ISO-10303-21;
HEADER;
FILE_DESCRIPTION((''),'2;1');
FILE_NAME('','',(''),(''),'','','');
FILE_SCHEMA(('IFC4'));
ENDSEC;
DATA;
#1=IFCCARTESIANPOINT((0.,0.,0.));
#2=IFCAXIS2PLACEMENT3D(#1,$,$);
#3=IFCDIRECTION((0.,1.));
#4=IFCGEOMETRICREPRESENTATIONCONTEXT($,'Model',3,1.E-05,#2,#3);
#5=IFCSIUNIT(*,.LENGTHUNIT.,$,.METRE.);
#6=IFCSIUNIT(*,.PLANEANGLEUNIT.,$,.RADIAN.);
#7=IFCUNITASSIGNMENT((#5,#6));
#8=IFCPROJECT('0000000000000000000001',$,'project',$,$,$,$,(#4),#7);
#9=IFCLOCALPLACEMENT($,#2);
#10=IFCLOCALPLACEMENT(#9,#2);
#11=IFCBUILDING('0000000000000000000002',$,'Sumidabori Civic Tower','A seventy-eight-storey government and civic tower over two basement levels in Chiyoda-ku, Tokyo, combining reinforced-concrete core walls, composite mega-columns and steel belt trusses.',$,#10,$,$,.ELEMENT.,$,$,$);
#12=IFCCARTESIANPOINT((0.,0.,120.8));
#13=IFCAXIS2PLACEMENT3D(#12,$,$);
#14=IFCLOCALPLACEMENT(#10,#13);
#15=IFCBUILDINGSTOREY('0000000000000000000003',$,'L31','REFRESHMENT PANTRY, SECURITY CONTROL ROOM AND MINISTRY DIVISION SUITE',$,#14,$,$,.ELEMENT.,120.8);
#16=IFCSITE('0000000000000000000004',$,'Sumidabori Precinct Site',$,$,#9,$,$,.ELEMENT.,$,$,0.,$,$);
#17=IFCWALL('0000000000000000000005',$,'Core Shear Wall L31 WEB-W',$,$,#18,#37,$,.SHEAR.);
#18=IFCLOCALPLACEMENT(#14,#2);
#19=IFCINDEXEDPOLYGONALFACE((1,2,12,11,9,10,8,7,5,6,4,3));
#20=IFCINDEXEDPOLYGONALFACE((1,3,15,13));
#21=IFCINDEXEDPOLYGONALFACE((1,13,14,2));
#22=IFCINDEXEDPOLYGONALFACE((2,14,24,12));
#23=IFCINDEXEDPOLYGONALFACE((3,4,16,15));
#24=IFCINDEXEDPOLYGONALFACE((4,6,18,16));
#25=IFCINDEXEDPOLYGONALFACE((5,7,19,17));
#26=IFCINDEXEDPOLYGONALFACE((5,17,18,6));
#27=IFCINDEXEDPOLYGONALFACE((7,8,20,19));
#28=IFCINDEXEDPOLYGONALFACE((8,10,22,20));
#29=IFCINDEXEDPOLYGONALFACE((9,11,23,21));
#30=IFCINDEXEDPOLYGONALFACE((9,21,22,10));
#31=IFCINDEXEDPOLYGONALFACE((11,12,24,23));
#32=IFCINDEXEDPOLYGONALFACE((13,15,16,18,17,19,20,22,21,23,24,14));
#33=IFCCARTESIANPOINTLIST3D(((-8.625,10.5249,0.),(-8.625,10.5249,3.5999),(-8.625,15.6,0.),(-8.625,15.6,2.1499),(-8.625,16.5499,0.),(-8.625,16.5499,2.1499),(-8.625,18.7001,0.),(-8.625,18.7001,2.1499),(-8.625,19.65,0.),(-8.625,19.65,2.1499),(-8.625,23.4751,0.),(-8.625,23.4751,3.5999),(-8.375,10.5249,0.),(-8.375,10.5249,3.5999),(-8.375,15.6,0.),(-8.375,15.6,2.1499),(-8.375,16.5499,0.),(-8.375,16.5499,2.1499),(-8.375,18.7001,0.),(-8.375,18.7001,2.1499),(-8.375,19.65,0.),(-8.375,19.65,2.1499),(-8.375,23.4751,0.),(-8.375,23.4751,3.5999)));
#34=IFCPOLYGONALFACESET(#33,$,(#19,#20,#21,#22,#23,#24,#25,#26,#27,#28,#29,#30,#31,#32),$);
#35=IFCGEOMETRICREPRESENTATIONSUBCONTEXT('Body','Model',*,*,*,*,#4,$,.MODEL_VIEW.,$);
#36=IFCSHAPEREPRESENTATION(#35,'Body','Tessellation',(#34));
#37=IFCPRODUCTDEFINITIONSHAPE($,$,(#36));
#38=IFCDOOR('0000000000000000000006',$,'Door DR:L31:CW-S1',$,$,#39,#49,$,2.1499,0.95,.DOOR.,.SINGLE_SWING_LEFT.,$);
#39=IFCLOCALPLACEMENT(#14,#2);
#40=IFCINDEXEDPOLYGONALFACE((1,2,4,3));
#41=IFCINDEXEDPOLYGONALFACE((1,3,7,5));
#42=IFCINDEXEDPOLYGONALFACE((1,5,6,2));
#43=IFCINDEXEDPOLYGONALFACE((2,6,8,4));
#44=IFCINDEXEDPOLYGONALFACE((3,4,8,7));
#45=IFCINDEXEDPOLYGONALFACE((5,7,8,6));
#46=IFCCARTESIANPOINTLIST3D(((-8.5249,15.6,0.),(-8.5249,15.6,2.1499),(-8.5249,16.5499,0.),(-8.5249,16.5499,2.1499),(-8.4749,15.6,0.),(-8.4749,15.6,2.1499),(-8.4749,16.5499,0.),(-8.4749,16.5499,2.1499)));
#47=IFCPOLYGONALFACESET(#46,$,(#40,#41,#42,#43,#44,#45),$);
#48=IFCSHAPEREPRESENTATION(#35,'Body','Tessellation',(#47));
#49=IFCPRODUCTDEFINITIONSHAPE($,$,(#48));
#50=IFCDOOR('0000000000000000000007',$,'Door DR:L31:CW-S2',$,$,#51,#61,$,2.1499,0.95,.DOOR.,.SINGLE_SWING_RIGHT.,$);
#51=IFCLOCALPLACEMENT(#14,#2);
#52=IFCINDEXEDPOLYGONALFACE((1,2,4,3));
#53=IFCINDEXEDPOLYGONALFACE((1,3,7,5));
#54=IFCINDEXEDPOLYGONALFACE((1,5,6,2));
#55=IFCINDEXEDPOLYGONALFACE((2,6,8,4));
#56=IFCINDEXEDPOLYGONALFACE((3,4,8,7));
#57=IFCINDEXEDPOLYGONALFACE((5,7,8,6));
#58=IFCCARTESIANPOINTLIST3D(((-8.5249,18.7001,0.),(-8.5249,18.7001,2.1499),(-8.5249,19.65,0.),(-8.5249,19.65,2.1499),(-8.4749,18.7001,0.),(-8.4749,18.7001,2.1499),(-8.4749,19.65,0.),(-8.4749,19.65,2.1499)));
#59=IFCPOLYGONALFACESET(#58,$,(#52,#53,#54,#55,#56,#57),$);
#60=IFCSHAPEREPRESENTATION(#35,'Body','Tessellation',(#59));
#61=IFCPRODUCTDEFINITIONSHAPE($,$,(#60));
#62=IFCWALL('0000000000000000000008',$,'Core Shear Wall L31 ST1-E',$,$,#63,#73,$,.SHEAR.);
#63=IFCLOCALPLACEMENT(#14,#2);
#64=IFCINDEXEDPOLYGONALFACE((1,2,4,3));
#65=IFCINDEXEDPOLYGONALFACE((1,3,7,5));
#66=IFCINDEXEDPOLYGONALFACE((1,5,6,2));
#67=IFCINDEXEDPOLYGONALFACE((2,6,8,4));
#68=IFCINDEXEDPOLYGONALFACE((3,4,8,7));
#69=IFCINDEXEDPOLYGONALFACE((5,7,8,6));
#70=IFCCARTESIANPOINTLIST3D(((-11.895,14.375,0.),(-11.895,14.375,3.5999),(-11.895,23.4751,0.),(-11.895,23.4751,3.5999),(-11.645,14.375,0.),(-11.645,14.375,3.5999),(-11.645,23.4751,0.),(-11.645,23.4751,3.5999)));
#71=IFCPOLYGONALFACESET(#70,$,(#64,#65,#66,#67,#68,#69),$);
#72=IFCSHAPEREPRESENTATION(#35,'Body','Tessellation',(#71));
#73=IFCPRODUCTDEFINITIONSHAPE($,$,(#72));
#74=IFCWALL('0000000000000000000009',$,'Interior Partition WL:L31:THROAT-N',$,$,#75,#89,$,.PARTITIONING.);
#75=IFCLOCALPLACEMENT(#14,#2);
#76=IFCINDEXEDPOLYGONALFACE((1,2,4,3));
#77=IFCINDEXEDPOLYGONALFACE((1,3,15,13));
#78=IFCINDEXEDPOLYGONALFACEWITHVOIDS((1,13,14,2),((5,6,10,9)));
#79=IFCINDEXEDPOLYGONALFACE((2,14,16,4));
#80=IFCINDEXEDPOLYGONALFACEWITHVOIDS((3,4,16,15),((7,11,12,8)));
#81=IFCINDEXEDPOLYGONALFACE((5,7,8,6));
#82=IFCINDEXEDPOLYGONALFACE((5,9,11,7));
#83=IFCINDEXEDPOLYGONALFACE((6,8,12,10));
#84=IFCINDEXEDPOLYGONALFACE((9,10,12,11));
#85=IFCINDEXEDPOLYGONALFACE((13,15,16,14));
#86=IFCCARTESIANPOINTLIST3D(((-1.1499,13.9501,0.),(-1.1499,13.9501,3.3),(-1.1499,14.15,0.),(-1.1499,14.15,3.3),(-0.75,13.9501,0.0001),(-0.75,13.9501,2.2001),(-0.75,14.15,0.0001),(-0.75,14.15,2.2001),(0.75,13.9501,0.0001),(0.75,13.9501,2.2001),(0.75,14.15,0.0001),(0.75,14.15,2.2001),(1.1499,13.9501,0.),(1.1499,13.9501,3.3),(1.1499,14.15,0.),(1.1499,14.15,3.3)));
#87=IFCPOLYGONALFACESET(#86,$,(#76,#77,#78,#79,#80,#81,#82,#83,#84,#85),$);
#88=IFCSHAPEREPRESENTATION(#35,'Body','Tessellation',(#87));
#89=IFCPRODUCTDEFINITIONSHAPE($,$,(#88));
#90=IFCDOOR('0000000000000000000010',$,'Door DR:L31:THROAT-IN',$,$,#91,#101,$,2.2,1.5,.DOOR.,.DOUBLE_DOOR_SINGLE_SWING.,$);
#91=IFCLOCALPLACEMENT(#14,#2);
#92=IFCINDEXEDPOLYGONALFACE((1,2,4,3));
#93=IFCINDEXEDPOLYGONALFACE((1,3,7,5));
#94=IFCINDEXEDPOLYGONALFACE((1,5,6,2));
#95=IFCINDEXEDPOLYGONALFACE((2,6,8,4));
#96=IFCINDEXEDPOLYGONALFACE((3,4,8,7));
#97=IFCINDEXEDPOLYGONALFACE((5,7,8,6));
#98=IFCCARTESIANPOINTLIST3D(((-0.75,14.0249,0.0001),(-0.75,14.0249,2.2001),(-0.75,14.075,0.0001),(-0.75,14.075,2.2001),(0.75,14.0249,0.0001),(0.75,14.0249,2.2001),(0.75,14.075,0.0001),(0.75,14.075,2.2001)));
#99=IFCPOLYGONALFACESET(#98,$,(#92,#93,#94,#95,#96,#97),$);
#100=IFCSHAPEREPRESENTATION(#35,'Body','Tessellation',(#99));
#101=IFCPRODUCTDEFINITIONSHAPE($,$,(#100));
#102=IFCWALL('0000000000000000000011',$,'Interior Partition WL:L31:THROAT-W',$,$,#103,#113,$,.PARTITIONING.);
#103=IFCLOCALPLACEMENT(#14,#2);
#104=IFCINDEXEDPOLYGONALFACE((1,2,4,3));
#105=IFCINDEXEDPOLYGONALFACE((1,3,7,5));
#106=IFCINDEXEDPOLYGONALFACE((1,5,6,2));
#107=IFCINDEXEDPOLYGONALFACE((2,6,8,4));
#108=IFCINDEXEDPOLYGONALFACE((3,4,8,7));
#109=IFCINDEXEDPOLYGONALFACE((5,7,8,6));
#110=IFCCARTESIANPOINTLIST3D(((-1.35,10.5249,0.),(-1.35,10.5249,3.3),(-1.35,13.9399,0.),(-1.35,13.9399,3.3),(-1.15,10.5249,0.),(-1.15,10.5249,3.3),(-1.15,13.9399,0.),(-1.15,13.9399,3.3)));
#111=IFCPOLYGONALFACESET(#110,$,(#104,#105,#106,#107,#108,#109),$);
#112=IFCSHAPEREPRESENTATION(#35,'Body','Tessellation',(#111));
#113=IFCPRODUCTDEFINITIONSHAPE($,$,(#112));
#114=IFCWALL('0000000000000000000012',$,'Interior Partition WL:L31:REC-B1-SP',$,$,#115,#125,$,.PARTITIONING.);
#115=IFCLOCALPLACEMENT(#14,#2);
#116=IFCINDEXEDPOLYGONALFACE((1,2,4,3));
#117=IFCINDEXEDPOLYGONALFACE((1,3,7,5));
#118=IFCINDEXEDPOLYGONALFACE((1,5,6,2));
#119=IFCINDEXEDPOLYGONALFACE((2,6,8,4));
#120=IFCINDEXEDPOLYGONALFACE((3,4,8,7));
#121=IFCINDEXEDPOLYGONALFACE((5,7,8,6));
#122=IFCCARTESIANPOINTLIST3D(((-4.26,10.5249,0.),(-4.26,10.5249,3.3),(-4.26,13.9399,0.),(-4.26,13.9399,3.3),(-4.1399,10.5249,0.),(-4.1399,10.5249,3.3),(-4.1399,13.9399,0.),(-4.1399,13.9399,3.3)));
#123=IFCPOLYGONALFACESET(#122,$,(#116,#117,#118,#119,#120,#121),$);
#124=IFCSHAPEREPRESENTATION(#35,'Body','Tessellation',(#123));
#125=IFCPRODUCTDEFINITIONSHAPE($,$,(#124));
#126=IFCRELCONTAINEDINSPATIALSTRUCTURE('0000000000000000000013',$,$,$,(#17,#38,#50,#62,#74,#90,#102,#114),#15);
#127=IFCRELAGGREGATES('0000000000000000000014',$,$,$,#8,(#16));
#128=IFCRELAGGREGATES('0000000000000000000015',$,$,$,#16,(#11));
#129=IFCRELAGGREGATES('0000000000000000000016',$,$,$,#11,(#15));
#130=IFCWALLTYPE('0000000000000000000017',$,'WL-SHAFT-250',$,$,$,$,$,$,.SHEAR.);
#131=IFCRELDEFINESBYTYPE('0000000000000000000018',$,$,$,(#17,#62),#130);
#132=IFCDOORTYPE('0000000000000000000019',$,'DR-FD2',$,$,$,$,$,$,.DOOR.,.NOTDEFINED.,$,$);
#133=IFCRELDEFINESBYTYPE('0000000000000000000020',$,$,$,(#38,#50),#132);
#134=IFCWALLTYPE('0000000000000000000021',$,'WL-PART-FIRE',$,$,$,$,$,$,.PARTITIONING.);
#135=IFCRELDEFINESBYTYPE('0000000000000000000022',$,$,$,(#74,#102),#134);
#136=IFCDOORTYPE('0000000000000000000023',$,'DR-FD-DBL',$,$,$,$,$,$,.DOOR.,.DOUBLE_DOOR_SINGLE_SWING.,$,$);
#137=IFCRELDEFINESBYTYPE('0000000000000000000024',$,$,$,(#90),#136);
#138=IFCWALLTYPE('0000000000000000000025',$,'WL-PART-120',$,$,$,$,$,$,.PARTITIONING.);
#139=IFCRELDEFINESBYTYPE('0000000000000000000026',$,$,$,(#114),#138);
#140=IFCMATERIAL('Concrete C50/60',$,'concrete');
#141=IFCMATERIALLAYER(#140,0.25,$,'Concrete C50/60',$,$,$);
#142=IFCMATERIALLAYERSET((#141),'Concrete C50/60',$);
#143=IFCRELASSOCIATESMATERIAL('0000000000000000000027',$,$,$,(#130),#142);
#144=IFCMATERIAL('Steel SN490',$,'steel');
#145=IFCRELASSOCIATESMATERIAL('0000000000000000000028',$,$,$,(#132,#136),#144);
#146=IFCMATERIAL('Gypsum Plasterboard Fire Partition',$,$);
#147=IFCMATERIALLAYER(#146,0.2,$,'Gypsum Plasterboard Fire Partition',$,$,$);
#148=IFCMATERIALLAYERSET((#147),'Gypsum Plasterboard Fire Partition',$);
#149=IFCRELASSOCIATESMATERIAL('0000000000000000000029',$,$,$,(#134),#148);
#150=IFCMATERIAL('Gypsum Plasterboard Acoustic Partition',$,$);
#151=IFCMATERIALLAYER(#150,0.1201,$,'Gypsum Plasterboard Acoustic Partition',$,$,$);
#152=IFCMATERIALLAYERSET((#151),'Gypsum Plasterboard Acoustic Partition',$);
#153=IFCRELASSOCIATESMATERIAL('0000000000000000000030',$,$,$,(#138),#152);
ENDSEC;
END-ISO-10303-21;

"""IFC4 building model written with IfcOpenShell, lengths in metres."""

from ifc_helpers import new_model, si_unit, direction, frame, frame_2d, origin, place, context, subcontext, project, spatial, rectangle, extrude, source, transform, mapped, material, layer, layer_set, type_object, element, fill, save


model = new_model("IFC4")

# Units and contexts
model_context = context("Model", 3, precision=1e-05, world=origin(), true_north=direction((0.0, 1.0)))
body_context = subcontext(model_context, "Body", "Model", "MODEL_VIEW")
ifc_project = project(units=[si_unit("LENGTHUNIT", "METRE"), si_unit("PLANEANGLEUNIT", "RADIAN")], contexts=[model_context])

# Site, building, storey
site_placement = place(None, origin())
site = spatial("IfcSite", under=ifc_project, at=site_placement, Name="Sumidabori Precinct Site", CompositionType="ELEMENT", RefElevation=0.0)
building_placement = place(site_placement, origin())
building = spatial("IfcBuilding", under=site, at=building_placement, Name="Sumidabori Civic Tower", Description="A seventy-eight-storey government and civic tower over two basement levels in Chiyoda-ku, Tokyo, combining reinforced-concrete core walls, composite mega-columns and steel belt trusses.", CompositionType="ELEMENT")
storey_placement = place(building_placement, frame((0.0, 0.0, 120.8)))
storey = spatial("IfcBuildingStorey", under=building, at=storey_placement, Name="L31", Description="REFRESHMENT PANTRY, SECURITY CONTROL ROOM AND MINISTRY DIVISION SUITE", CompositionType="ELEMENT", Elevation=120.8)

# Shared definitions
ifc_material_1 = material(Name="Concrete C50/60", Category="concrete")

# Shared definitions
ifc_material_2 = material(Name="Steel SN490", Category="steel")

# Wall, openings, doors
ifc_layer_1 = layer(ifc_material_1, 0.25, Name="Concrete C50/60")
ifc_layer_set_1 = layer_set([ifc_layer_1], Name="Concrete C50/60")
wall_type_1 = type_object("IfcWallType", Name="WL-SHAFT-250", PredefinedType="SHEAR", material=ifc_layer_set_1)
shared_shape_1 = source(origin(), body_context, "Body", "SweptSolid", [
    extrude(rectangle(XDim=12.9502, YDim=0.25, at=frame_2d((6.4751, 0.0))), origin(), (0.0, 0.0, 1.0), 3.5999),
])
wall_1_placement = place(storey_placement, frame((-8.5, 10.5249, 0.0), z_axis=(0.0, 0.0, 1.0), x_axis=(0.0, 1.0, 0.0)))
wall_1 = element("IfcWall", 1, at=wall_1_placement, inside=storey, type_object=wall_type_1, Name="Core Shear Wall L31 WEB-W", PredefinedType="SHEAR", context=body_context, shape_type="MappedRepresentation", body=[
    mapped(shared_shape_1, transform((0.0, 0.0, 0.0), x_axis=(1.0, 0.0, 0.0), y_axis=(0.0, 1.0, 0.0), z_axis=(0.0, 0.0, 1.0), scale=1.0)),
])
opening_1_placement = place(wall_1_placement, frame((5.075, 0.0, 0.0)))
opening_1 = element("IfcOpeningElement", 2, at=opening_1_placement, cuts=wall_1, PredefinedType="OPENING", context=body_context, shape_type="SweptSolid", body=[
    extrude(rectangle(XDim=0.95, YDim=2.1499, at=frame_2d((0.4751, 1.075))), frame((0.0, 0.137, 0.0), z_axis=(0.0, -1.0, 0.0), x_axis=(1.0, 0.0, 0.0)), (0.0, 0.0, 1.0), 0.2739),
])
opening_2_placement = place(wall_1_placement, frame((8.175, 0.0, 0.0)))
opening_2 = element("IfcOpeningElement", 3, at=opening_2_placement, cuts=wall_1, PredefinedType="OPENING", context=body_context, shape_type="SweptSolid", body=[
    extrude(rectangle(XDim=0.95, YDim=2.1499, at=frame_2d((0.4751, 1.075))), frame((0.0, 0.137, 0.0), z_axis=(0.0, -1.0, 0.0), x_axis=(1.0, 0.0, 0.0)), (0.0, 0.0, 1.0), 0.2739),
])
door_type_1 = type_object("IfcDoorType", Name="DR-FD2", OperationType="NOTDEFINED", PredefinedType="DOOR", material=ifc_material_2)
shared_shape_2 = source(origin(), body_context, "Body", "SweptSolid", [
    extrude(rectangle(XDim=0.95, YDim=2.1499, at=frame_2d((0.4751, 1.075))), frame((0.0, 0.0249, 0.0), z_axis=(0.0, -1.0, 0.0), x_axis=(1.0, 0.0, 0.0)), (0.0, 0.0, 1.0), 0.05),
])
door_1_placement = place(opening_1_placement, origin())
door_1 = element("IfcDoor", 4, at=door_1_placement, inside=storey, type_object=door_type_1, Name="Door DR:L31:CW-S1", OperationType="SINGLE_SWING_LEFT", OverallHeight=2.1499, OverallWidth=0.95, PredefinedType="DOOR", context=body_context, shape_type="MappedRepresentation", body=[
    mapped(shared_shape_2, transform((0.0, 0.0, 0.0), x_axis=(1.0, 0.0, 0.0), y_axis=(0.0, 1.0, 0.0), z_axis=(0.0, 0.0, 1.0), scale=1.0)),
])
fill(opening_1, door_1)
door_2_placement = place(opening_2_placement, origin())
door_2 = element("IfcDoor", 5, at=door_2_placement, inside=storey, type_object=door_type_1, Name="Door DR:L31:CW-S2", OperationType="SINGLE_SWING_RIGHT", OverallHeight=2.1499, OverallWidth=0.95, PredefinedType="DOOR", context=body_context, shape_type="MappedRepresentation", body=[
    mapped(shared_shape_2, transform((0.0, 0.0, 0.0), x_axis=(1.0, 0.0, 0.0), y_axis=(0.0, 1.0, 0.0), z_axis=(0.0, 0.0, 1.0), scale=1.0)),
])
fill(opening_2, door_2)

# Wall
shared_shape_3 = source(origin(), body_context, "Body", "SweptSolid", [
    extrude(rectangle(XDim=9.1001, YDim=0.25, at=frame_2d((4.55, 0.0))), origin(), (0.0, 0.0, 1.0), 3.5999),
])
wall_2_placement = place(storey_placement, frame((-11.77, 14.375, 0.0), z_axis=(0.0, 0.0, 1.0), x_axis=(0.0, 1.0, 0.0)))
element("IfcWall", 6, at=wall_2_placement, inside=storey, type_object=wall_type_1, Name="Core Shear Wall L31 ST1-E", PredefinedType="SHEAR", context=body_context, shape_type="MappedRepresentation", body=[
    mapped(shared_shape_3, transform((0.0, 0.0, 0.0), x_axis=(1.0, 0.0, 0.0), y_axis=(0.0, 1.0, 0.0), z_axis=(0.0, 0.0, 1.0), scale=1.0)),
])

# Shared definitions
ifc_material_3 = material(Name="Gypsum Plasterboard Fire Partition")
ifc_layer_2 = layer(ifc_material_3, 0.2, Name="Gypsum Plasterboard Fire Partition")
ifc_layer_set_2 = layer_set([ifc_layer_2], Name="Gypsum Plasterboard Fire Partition")
wall_type_2 = type_object("IfcWallType", Name="WL-PART-FIRE", PredefinedType="PARTITIONING", material=ifc_layer_set_2)

# Wall, opening, door
shared_shape_4 = source(origin(), body_context, "Body", "SweptSolid", [
    extrude(rectangle(XDim=2.2998, YDim=0.2, at=frame_2d((1.1499, 0.0))), origin(), (0.0, 0.0, 1.0), 3.3),
])
wall_3_placement = place(storey_placement, frame((-1.1499, 14.05, 0.0), z_axis=(0.0, 0.0, 1.0), x_axis=(1.0, 0.0, 0.0)))
wall_3 = element("IfcWall", 7, at=wall_3_placement, inside=storey, type_object=wall_type_2, Name="Interior Partition WL:L31:THROAT-N", PredefinedType="PARTITIONING", context=body_context, shape_type="MappedRepresentation", body=[
    mapped(shared_shape_4, transform((0.0, 0.0, 0.0), x_axis=(1.0, 0.0, 0.0), y_axis=(0.0, 1.0, 0.0), z_axis=(0.0, 0.0, 1.0), scale=1.0)),
])
opening_3_placement = place(wall_3_placement, frame((0.3999, 0.0, 0.0)))
opening_3 = element("IfcOpeningElement", 8, at=opening_3_placement, cuts=wall_3, PredefinedType="OPENING", context=body_context, shape_type="SweptSolid", body=[
    extrude(rectangle(XDim=1.5, YDim=2.2, at=frame_2d((0.75, 1.1001))), frame((0.0, 0.1118, 0.0), z_axis=(0.0, -1.0, 0.0), x_axis=(1.0, 0.0, 0.0)), (0.0, 0.0, 1.0), 0.2239),
])
door_type_2 = type_object("IfcDoorType", Name="DR-FD-DBL", OperationType="DOUBLE_DOOR_SINGLE_SWING", PredefinedType="DOOR", material=ifc_material_2)
shared_shape_5 = source(origin(), body_context, "Body", "SweptSolid", [
    extrude(rectangle(XDim=1.5, YDim=2.2, at=frame_2d((0.75, 1.1001))), frame((0.0, 0.0249, 0.0), z_axis=(0.0, -1.0, 0.0), x_axis=(1.0, 0.0, 0.0)), (0.0, 0.0, 1.0), 0.05),
])
door_3_placement = place(opening_3_placement, origin())
door_3 = element("IfcDoor", 9, at=door_3_placement, inside=storey, type_object=door_type_2, Name="Door DR:L31:THROAT-IN", OperationType="DOUBLE_DOOR_SINGLE_SWING", OverallHeight=2.2, OverallWidth=1.5, PredefinedType="DOOR", context=body_context, shape_type="MappedRepresentation", body=[
    mapped(shared_shape_5, transform((0.0, 0.0, 0.0), x_axis=(1.0, 0.0, 0.0), y_axis=(0.0, 1.0, 0.0), z_axis=(0.0, 0.0, 1.0), scale=1.0)),
])
fill(opening_3, door_3)

# Walls
shared_shape_6 = source(origin(), body_context, "Body", "SweptSolid", [
    extrude(rectangle(XDim=3.415, YDim=0.2, at=frame_2d((1.7075, 0.0))), origin(), (0.0, 0.0, 1.0), 3.3),
])
wall_4_placement = place(storey_placement, frame((-1.25, 10.5249, 0.0), z_axis=(0.0, 0.0, 1.0), x_axis=(0.0, 1.0, 0.0)))
element("IfcWall", 10, at=wall_4_placement, inside=storey, type_object=wall_type_2, Name="Interior Partition WL:L31:THROAT-W", PredefinedType="PARTITIONING", context=body_context, shape_type="MappedRepresentation", body=[
    mapped(shared_shape_6, transform((0.0, 0.0, 0.0), x_axis=(1.0, 0.0, 0.0), y_axis=(0.0, 1.0, 0.0), z_axis=(0.0, 0.0, 1.0), scale=1.0)),
])
ifc_material_4 = material(Name="Gypsum Plasterboard Acoustic Partition")
ifc_layer_3 = layer(ifc_material_4, 0.1201, Name="Gypsum Plasterboard Acoustic Partition")
ifc_layer_set_3 = layer_set([ifc_layer_3], Name="Gypsum Plasterboard Acoustic Partition")
wall_type_3 = type_object("IfcWallType", Name="WL-PART-120", PredefinedType="PARTITIONING", material=ifc_layer_set_3)
shared_shape_7 = source(origin(), body_context, "Body", "SweptSolid", [
    extrude(rectangle(XDim=3.415, YDim=0.1201, at=frame_2d((1.7075, 0.0))), origin(), (0.0, 0.0, 1.0), 3.3),
])
wall_5_placement = place(storey_placement, frame((-4.2, 10.5249, 0.0), z_axis=(0.0, 0.0, 1.0), x_axis=(0.0, 1.0, 0.0)))
element("IfcWall", 11, at=wall_5_placement, inside=storey, type_object=wall_type_3, Name="Interior Partition WL:L31:REC-B1-SP", PredefinedType="PARTITIONING", context=body_context, shape_type="MappedRepresentation", body=[
    mapped(shared_shape_7, transform((0.0, 0.0, 0.0), x_axis=(1.0, 0.0, 0.0), y_axis=(0.0, 1.0, 0.0), z_axis=(0.0, 0.0, 1.0), scale=1.0)),
])

save(model, "model.ifc")
